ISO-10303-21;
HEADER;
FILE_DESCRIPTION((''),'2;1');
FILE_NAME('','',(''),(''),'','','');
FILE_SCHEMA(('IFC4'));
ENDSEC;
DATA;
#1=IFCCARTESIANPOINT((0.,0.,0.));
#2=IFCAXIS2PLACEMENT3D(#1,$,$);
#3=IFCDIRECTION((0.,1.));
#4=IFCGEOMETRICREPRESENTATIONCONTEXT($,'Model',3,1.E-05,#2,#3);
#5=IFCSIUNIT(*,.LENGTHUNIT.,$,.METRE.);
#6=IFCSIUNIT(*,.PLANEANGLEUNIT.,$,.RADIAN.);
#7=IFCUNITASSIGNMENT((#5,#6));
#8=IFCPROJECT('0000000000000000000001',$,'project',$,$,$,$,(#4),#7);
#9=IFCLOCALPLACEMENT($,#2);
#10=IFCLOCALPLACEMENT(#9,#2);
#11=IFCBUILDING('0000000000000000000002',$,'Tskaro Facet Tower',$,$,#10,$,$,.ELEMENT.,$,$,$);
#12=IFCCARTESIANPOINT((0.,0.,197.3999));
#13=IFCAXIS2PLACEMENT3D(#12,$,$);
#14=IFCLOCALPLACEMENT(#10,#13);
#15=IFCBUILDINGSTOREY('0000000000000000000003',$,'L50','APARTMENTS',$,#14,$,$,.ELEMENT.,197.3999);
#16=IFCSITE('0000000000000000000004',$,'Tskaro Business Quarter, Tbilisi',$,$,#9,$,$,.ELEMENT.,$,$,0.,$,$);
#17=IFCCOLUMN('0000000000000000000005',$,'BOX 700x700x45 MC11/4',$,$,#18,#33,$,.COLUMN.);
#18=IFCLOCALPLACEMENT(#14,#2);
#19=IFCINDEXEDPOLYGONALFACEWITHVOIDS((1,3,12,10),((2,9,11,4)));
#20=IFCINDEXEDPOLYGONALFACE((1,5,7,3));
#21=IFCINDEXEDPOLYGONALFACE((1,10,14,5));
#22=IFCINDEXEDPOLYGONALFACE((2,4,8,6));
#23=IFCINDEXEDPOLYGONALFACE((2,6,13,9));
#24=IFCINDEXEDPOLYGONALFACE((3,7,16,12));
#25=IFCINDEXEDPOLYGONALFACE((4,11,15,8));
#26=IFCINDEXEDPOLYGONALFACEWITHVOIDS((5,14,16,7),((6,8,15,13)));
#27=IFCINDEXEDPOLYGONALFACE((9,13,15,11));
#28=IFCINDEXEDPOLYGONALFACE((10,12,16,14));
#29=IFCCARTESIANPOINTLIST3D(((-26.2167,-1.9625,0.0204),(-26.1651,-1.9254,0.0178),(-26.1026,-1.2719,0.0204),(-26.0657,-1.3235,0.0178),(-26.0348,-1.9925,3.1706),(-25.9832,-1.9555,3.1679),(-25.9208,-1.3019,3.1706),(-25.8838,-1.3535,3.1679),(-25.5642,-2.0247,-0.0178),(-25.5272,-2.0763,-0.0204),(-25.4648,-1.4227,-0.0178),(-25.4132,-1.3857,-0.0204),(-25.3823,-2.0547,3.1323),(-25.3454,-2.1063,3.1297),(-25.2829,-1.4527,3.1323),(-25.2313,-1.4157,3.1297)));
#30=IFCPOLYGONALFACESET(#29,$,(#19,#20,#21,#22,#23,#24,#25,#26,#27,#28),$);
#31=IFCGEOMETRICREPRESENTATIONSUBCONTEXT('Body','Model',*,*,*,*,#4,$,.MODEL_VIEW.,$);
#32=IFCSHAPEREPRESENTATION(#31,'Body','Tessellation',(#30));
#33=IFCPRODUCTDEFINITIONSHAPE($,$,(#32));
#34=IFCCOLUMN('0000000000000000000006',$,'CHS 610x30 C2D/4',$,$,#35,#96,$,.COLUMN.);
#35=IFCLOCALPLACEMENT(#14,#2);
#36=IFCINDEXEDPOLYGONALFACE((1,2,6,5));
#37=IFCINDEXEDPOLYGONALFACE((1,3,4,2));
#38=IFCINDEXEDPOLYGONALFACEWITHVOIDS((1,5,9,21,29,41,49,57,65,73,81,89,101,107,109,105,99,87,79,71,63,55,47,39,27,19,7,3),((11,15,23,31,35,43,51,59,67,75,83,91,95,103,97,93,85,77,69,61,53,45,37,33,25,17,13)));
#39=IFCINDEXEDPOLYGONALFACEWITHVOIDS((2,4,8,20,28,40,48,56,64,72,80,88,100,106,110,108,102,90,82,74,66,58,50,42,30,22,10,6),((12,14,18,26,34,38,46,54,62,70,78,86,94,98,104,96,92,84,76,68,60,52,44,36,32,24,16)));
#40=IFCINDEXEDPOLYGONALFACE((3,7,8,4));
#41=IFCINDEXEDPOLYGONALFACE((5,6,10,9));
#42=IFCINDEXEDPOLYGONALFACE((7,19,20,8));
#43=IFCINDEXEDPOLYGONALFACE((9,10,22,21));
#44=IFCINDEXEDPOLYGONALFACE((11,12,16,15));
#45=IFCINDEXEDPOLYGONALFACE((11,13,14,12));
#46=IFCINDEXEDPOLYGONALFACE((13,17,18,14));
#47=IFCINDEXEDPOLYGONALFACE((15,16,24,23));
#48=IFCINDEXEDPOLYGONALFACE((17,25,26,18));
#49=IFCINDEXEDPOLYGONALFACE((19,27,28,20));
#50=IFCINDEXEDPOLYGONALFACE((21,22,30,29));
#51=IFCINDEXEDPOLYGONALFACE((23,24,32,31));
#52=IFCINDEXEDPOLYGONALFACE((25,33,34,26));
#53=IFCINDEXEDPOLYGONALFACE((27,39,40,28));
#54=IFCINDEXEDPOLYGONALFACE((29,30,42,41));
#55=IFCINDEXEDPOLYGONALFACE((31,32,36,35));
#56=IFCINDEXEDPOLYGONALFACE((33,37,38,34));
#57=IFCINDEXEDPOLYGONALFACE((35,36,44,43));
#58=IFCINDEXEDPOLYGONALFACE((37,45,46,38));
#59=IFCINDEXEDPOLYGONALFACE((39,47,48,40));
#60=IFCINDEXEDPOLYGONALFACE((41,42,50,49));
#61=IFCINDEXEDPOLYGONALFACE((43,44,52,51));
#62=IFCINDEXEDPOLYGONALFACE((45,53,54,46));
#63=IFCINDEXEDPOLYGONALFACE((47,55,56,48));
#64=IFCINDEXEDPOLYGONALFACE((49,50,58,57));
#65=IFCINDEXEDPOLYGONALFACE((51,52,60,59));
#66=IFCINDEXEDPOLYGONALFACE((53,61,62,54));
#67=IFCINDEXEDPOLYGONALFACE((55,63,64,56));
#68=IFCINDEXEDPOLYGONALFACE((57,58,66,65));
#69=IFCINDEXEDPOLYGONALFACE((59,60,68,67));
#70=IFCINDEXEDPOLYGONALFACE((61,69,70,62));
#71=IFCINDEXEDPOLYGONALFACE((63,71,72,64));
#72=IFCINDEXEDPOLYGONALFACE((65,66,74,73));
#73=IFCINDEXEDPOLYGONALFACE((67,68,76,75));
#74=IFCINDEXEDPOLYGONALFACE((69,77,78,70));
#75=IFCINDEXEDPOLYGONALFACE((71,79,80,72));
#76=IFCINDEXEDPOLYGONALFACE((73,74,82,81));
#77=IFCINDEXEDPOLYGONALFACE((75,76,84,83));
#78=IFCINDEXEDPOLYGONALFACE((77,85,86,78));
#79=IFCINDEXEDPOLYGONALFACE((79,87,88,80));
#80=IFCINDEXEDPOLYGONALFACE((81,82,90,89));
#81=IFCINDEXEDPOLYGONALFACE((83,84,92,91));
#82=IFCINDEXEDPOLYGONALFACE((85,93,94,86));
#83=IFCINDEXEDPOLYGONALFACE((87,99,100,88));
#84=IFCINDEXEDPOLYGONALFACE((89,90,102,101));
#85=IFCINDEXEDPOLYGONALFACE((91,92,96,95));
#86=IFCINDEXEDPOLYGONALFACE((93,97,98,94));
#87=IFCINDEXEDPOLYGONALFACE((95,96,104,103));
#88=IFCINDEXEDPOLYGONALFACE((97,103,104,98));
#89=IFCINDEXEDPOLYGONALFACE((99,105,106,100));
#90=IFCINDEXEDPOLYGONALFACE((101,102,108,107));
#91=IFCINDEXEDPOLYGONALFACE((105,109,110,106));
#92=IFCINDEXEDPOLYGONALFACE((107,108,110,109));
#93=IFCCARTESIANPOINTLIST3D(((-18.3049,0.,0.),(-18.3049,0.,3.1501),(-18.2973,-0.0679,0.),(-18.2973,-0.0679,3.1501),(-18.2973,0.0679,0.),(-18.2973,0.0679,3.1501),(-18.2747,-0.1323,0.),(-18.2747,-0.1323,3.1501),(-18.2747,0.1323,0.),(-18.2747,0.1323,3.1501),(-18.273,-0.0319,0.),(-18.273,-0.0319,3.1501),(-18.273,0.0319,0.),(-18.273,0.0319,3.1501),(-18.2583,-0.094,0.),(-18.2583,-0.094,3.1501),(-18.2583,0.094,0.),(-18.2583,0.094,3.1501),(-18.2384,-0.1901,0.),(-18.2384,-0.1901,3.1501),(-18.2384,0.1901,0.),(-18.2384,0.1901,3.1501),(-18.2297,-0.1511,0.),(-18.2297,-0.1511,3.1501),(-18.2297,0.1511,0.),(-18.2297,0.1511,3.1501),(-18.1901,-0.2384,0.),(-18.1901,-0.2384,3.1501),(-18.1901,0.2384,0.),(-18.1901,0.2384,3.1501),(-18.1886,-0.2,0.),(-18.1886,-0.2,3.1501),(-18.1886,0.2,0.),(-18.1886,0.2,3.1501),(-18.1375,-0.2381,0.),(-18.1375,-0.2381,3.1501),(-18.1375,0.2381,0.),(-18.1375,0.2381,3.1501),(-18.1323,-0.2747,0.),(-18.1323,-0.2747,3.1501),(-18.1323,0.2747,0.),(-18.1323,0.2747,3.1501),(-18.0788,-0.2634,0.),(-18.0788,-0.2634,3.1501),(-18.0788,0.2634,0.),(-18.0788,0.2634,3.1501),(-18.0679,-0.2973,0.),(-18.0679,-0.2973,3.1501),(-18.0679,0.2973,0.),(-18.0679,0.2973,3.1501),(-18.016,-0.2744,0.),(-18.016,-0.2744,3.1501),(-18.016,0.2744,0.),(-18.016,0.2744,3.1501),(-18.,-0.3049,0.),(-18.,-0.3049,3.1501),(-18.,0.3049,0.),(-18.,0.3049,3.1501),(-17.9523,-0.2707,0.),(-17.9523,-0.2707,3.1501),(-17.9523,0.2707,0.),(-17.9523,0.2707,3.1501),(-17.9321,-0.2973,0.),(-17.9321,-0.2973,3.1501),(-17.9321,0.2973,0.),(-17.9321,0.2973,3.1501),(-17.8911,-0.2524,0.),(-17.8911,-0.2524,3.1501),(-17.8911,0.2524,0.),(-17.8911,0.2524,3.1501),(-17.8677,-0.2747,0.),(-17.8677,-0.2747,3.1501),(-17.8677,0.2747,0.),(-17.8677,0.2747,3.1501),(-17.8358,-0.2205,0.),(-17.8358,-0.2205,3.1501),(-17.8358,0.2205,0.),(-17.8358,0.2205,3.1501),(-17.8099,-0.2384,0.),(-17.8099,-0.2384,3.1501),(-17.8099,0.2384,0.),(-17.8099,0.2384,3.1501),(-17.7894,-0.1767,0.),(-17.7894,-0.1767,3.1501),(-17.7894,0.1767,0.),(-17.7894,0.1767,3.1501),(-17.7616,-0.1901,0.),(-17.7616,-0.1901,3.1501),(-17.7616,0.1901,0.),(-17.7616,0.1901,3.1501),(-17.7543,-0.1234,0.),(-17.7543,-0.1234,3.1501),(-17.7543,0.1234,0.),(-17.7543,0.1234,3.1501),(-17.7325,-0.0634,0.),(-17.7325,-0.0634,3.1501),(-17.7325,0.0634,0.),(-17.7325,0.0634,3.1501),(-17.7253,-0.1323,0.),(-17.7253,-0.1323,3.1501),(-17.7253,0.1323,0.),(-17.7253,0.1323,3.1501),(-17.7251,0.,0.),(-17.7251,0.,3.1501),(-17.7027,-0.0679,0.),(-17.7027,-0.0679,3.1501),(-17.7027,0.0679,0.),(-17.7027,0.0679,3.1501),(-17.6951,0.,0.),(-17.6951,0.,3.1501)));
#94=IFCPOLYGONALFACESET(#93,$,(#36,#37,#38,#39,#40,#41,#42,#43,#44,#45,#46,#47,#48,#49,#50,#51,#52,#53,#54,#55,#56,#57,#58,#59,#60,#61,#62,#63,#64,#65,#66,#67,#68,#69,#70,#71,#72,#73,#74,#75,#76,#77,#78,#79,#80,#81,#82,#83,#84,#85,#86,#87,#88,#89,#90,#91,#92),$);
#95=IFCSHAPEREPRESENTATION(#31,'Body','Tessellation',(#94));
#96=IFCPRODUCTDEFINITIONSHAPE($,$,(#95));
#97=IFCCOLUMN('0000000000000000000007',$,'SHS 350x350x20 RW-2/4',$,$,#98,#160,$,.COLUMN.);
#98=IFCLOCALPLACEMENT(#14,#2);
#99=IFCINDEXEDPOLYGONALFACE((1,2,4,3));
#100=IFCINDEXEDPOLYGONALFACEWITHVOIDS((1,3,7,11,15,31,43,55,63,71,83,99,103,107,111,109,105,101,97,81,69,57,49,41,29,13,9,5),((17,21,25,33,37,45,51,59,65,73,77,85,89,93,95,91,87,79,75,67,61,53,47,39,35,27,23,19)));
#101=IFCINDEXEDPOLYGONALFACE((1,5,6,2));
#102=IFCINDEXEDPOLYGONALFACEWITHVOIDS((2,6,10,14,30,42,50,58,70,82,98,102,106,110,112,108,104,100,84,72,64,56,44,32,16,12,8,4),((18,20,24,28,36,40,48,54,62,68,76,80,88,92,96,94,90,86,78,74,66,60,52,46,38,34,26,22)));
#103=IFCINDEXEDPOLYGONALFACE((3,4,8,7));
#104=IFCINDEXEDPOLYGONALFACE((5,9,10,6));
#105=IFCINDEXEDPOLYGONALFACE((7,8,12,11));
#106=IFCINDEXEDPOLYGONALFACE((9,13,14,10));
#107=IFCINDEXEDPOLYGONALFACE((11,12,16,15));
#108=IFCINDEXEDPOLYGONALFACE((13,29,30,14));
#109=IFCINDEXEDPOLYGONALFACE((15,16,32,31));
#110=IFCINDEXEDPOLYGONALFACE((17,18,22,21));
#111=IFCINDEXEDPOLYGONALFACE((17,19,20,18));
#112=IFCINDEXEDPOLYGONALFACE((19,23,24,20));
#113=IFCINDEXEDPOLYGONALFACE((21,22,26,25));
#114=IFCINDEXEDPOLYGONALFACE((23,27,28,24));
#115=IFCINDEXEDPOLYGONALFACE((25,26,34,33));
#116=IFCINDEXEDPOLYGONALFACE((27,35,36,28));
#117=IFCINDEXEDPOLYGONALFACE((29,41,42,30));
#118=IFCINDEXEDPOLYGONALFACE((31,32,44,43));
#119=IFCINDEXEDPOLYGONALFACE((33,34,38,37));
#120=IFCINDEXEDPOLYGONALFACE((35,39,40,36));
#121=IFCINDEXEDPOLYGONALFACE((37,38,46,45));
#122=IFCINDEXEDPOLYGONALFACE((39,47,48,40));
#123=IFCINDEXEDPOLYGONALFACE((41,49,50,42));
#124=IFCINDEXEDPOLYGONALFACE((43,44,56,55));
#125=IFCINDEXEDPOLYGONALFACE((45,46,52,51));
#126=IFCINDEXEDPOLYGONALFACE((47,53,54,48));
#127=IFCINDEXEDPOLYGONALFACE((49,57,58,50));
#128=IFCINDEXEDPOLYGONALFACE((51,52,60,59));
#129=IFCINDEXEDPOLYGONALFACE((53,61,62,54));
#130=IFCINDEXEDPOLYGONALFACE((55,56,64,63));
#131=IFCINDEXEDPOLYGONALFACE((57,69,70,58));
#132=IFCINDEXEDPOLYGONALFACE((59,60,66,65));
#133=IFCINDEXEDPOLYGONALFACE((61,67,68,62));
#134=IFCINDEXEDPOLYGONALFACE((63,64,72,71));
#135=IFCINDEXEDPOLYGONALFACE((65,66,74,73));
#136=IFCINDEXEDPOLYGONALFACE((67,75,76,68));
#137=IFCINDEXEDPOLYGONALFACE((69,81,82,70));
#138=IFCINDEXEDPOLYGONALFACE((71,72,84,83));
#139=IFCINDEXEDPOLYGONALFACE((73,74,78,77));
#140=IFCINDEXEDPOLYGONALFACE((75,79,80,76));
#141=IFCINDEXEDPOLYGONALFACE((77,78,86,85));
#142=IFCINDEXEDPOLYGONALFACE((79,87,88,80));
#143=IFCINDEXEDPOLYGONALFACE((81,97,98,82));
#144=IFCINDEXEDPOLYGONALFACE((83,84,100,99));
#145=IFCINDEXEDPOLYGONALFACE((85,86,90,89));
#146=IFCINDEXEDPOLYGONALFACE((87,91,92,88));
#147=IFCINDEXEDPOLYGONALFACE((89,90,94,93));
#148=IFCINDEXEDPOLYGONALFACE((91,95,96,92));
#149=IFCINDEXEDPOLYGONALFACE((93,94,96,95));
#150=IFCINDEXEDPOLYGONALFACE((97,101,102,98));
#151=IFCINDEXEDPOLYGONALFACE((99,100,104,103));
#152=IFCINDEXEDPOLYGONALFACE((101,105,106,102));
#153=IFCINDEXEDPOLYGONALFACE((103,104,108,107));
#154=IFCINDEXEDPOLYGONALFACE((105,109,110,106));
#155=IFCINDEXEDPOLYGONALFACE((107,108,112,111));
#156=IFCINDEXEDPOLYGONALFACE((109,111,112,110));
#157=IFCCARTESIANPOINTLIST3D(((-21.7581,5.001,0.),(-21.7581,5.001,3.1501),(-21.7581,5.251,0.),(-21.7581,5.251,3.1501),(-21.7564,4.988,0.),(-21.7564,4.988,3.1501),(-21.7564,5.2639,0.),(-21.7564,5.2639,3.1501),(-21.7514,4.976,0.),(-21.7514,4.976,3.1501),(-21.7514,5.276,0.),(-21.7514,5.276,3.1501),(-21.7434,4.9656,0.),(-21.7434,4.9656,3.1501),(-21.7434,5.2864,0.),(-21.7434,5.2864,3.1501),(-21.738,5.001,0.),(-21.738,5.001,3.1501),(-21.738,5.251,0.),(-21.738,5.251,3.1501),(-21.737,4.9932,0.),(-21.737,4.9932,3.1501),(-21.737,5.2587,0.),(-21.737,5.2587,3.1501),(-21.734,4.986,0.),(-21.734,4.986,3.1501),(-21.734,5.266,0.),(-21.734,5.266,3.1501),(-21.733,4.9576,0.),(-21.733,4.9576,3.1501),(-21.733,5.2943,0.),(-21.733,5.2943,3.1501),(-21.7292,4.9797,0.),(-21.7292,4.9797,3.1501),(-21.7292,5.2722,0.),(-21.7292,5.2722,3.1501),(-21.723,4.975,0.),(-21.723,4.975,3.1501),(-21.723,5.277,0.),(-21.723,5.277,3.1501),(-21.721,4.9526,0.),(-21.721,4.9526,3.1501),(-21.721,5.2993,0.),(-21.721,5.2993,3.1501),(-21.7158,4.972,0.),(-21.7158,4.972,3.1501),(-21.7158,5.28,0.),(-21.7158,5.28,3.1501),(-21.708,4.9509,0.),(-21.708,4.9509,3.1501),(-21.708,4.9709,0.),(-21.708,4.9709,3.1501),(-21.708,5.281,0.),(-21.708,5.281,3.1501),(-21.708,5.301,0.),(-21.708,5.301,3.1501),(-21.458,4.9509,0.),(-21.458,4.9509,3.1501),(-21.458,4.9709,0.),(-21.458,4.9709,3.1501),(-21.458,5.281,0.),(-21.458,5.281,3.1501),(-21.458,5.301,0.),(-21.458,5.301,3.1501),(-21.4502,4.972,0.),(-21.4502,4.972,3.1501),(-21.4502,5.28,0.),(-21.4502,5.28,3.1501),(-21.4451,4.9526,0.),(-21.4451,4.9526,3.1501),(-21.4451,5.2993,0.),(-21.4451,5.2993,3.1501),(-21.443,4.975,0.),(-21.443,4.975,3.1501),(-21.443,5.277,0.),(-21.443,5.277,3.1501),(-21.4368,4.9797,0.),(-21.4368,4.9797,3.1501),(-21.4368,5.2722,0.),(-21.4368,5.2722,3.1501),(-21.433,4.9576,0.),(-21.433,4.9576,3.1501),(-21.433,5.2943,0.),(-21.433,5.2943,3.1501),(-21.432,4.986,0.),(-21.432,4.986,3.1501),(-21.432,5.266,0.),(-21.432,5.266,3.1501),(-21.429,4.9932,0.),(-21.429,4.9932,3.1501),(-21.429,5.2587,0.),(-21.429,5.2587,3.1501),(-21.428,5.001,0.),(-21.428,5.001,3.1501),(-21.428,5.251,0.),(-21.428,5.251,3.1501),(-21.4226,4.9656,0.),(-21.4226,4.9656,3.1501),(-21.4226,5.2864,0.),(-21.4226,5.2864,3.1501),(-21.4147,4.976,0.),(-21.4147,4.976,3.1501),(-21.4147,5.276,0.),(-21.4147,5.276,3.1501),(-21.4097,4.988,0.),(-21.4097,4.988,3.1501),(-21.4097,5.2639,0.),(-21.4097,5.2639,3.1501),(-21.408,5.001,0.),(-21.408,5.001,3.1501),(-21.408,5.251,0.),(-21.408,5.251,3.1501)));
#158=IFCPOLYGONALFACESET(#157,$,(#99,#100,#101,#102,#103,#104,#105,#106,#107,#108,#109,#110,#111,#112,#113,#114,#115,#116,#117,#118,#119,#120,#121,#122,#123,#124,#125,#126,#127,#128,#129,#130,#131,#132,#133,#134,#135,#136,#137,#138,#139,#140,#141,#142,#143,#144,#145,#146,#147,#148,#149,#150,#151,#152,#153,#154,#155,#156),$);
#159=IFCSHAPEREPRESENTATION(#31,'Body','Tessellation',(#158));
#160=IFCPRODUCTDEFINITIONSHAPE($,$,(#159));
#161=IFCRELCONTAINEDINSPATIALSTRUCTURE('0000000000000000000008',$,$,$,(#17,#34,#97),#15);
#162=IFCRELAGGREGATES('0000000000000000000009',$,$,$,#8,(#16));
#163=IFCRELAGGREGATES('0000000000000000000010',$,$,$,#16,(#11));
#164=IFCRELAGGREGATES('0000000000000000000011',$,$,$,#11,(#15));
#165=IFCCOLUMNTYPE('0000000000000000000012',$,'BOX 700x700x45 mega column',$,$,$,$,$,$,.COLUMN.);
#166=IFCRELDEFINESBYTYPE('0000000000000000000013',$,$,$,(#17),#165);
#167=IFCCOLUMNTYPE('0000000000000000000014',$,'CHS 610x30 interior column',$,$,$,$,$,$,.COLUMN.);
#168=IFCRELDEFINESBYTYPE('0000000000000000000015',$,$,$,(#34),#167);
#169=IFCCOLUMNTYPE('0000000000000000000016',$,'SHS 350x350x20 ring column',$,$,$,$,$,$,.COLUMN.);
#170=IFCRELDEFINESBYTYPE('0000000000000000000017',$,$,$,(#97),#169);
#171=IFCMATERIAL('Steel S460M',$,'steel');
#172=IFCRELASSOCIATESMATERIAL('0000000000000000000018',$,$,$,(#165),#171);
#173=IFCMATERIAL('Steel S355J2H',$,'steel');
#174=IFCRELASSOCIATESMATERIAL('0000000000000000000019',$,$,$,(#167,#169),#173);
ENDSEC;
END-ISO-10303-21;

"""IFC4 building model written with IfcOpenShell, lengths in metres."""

from ifc_helpers import new_model, si_unit, direction, frame, origin, origin_2d, place, context, subcontext, project, spatial, hollow_rectangle, hollow_circle, extrude, material, material_profile, profile_set, type_object, element, save


model = new_model("IFC4")

# Units and contexts
model_context = context("Model", 3, precision=1e-05, world=origin(), true_north=direction((0.0, 1.0)))
body_context = subcontext(model_context, "Body", "Model", "MODEL_VIEW")
ifc_project = project(units=[si_unit("LENGTHUNIT", "METRE"), si_unit("PLANEANGLEUNIT", "RADIAN")], contexts=[model_context])

# Site, building, storey
site_placement = place(None, origin())
site = spatial("IfcSite", under=ifc_project, at=site_placement, Name="Tskaro Business Quarter, Tbilisi", CompositionType="ELEMENT", RefElevation=0.0)
building_placement = place(site_placement, origin())
building = spatial("IfcBuilding", under=site, at=building_placement, Name="Tskaro Facet Tower", CompositionType="ELEMENT")
storey_placement = place(building_placement, frame((0.0, 0.0, 197.3999)))
storey = spatial("IfcBuildingStorey", under=building, at=storey_placement, Name="L50", Description="APARTMENTS", CompositionType="ELEMENT", Elevation=197.3999)

# Columns
ifc_material_1 = material(Name="Steel S460M", Category="steel")
ifc_material_profile_1 = material_profile(ifc_material_1, hollow_rectangle(XDim=0.7, YDim=0.7, WallThickness=0.0449, at=origin_2d()), Name="BOX 700x700x45")
ifc_profile_set_1 = profile_set([ifc_material_profile_1], Name="Steel S460M")
column_type_1 = type_object("IfcColumnType", Name="BOX 700x700x45 mega column", PredefinedType="COLUMN", material=ifc_profile_set_1)
column_1_placement = place(storey_placement, frame((-25.8149, -1.6741, 0.0), z_axis=(0.05764, -0.009516, 0.998292), x_axis=(0.162895, 0.986643, 0.0)))
element("IfcColumn", 1, at=column_1_placement, inside=storey, type_object=column_type_1, Name="BOX 700x700x45 MC11/4", PredefinedType="COLUMN", context=body_context, shape_type="SweptSolid", body=[
    extrude(hollow_rectangle(XDim=0.7, YDim=0.7, WallThickness=0.0449, at=origin_2d()), origin(), (0.0, 0.0, 1.0), 3.1555),
])
ifc_material_2 = material(Name="Steel S355J2H", Category="steel")
ifc_material_profile_2 = material_profile(ifc_material_2, hollow_circle(Radius=0.3049, WallThickness=0.03, at=origin_2d()), Name="CHS 610x30")
ifc_profile_set_2 = profile_set([ifc_material_profile_2], Name="Steel S355J2H")
column_type_2 = type_object("IfcColumnType", Name="CHS 610x30 interior column", PredefinedType="COLUMN", material=ifc_profile_set_2)
column_2_placement = place(storey_placement, frame((-18.0, 0.0, 0.0), z_axis=(0.0, 0.0, 1.0), x_axis=(1.0, 0.0, 0.0)))
element("IfcColumn", 2, at=column_2_placement, inside=storey, type_object=column_type_2, Name="CHS 610x30 C2D/4", PredefinedType="COLUMN", context=body_context, shape_type="SweptSolid", body=[
    extrude(hollow_circle(Radius=0.3049, WallThickness=0.03, at=origin_2d()), origin(), (0.0, 0.0, 1.0), 3.1501),
])
ifc_material_profile_3 = material_profile(ifc_material_2, hollow_rectangle(XDim=0.3501, YDim=0.3501, WallThickness=0.02, InnerFilletRadius=0.03, OuterFilletRadius=0.05, at=origin_2d()), Name="SHS 350x350x20")
ifc_profile_set_3 = profile_set([ifc_material_profile_3], Name="Steel S355J2H")
column_type_3 = type_object("IfcColumnType", Name="SHS 350x350x20 ring column", PredefinedType="COLUMN", material=ifc_profile_set_3)
for number, where, z_axis, x_axis, name in (
    (3, (-21.583, 5.126, 0.0), (0.0, 0.0, 1.0), (1.0, 0.0, 0.0), "SHS 350x350x20 RW-2/4"),
):
    element("IfcColumn", number, at=place(storey_placement, frame(where, z_axis=z_axis, x_axis=x_axis)), inside=storey, type_object=column_type_3, Name=name, PredefinedType="COLUMN", context=body_context, shape_type="SweptSolid", body=[
        extrude(hollow_rectangle(XDim=0.3501, YDim=0.3501, WallThickness=0.02, InnerFilletRadius=0.03, OuterFilletRadius=0.05, at=origin_2d()), origin(), (0.0, 0.0, 1.0), 3.1501),
    ])

save(model, "model.ifc")
